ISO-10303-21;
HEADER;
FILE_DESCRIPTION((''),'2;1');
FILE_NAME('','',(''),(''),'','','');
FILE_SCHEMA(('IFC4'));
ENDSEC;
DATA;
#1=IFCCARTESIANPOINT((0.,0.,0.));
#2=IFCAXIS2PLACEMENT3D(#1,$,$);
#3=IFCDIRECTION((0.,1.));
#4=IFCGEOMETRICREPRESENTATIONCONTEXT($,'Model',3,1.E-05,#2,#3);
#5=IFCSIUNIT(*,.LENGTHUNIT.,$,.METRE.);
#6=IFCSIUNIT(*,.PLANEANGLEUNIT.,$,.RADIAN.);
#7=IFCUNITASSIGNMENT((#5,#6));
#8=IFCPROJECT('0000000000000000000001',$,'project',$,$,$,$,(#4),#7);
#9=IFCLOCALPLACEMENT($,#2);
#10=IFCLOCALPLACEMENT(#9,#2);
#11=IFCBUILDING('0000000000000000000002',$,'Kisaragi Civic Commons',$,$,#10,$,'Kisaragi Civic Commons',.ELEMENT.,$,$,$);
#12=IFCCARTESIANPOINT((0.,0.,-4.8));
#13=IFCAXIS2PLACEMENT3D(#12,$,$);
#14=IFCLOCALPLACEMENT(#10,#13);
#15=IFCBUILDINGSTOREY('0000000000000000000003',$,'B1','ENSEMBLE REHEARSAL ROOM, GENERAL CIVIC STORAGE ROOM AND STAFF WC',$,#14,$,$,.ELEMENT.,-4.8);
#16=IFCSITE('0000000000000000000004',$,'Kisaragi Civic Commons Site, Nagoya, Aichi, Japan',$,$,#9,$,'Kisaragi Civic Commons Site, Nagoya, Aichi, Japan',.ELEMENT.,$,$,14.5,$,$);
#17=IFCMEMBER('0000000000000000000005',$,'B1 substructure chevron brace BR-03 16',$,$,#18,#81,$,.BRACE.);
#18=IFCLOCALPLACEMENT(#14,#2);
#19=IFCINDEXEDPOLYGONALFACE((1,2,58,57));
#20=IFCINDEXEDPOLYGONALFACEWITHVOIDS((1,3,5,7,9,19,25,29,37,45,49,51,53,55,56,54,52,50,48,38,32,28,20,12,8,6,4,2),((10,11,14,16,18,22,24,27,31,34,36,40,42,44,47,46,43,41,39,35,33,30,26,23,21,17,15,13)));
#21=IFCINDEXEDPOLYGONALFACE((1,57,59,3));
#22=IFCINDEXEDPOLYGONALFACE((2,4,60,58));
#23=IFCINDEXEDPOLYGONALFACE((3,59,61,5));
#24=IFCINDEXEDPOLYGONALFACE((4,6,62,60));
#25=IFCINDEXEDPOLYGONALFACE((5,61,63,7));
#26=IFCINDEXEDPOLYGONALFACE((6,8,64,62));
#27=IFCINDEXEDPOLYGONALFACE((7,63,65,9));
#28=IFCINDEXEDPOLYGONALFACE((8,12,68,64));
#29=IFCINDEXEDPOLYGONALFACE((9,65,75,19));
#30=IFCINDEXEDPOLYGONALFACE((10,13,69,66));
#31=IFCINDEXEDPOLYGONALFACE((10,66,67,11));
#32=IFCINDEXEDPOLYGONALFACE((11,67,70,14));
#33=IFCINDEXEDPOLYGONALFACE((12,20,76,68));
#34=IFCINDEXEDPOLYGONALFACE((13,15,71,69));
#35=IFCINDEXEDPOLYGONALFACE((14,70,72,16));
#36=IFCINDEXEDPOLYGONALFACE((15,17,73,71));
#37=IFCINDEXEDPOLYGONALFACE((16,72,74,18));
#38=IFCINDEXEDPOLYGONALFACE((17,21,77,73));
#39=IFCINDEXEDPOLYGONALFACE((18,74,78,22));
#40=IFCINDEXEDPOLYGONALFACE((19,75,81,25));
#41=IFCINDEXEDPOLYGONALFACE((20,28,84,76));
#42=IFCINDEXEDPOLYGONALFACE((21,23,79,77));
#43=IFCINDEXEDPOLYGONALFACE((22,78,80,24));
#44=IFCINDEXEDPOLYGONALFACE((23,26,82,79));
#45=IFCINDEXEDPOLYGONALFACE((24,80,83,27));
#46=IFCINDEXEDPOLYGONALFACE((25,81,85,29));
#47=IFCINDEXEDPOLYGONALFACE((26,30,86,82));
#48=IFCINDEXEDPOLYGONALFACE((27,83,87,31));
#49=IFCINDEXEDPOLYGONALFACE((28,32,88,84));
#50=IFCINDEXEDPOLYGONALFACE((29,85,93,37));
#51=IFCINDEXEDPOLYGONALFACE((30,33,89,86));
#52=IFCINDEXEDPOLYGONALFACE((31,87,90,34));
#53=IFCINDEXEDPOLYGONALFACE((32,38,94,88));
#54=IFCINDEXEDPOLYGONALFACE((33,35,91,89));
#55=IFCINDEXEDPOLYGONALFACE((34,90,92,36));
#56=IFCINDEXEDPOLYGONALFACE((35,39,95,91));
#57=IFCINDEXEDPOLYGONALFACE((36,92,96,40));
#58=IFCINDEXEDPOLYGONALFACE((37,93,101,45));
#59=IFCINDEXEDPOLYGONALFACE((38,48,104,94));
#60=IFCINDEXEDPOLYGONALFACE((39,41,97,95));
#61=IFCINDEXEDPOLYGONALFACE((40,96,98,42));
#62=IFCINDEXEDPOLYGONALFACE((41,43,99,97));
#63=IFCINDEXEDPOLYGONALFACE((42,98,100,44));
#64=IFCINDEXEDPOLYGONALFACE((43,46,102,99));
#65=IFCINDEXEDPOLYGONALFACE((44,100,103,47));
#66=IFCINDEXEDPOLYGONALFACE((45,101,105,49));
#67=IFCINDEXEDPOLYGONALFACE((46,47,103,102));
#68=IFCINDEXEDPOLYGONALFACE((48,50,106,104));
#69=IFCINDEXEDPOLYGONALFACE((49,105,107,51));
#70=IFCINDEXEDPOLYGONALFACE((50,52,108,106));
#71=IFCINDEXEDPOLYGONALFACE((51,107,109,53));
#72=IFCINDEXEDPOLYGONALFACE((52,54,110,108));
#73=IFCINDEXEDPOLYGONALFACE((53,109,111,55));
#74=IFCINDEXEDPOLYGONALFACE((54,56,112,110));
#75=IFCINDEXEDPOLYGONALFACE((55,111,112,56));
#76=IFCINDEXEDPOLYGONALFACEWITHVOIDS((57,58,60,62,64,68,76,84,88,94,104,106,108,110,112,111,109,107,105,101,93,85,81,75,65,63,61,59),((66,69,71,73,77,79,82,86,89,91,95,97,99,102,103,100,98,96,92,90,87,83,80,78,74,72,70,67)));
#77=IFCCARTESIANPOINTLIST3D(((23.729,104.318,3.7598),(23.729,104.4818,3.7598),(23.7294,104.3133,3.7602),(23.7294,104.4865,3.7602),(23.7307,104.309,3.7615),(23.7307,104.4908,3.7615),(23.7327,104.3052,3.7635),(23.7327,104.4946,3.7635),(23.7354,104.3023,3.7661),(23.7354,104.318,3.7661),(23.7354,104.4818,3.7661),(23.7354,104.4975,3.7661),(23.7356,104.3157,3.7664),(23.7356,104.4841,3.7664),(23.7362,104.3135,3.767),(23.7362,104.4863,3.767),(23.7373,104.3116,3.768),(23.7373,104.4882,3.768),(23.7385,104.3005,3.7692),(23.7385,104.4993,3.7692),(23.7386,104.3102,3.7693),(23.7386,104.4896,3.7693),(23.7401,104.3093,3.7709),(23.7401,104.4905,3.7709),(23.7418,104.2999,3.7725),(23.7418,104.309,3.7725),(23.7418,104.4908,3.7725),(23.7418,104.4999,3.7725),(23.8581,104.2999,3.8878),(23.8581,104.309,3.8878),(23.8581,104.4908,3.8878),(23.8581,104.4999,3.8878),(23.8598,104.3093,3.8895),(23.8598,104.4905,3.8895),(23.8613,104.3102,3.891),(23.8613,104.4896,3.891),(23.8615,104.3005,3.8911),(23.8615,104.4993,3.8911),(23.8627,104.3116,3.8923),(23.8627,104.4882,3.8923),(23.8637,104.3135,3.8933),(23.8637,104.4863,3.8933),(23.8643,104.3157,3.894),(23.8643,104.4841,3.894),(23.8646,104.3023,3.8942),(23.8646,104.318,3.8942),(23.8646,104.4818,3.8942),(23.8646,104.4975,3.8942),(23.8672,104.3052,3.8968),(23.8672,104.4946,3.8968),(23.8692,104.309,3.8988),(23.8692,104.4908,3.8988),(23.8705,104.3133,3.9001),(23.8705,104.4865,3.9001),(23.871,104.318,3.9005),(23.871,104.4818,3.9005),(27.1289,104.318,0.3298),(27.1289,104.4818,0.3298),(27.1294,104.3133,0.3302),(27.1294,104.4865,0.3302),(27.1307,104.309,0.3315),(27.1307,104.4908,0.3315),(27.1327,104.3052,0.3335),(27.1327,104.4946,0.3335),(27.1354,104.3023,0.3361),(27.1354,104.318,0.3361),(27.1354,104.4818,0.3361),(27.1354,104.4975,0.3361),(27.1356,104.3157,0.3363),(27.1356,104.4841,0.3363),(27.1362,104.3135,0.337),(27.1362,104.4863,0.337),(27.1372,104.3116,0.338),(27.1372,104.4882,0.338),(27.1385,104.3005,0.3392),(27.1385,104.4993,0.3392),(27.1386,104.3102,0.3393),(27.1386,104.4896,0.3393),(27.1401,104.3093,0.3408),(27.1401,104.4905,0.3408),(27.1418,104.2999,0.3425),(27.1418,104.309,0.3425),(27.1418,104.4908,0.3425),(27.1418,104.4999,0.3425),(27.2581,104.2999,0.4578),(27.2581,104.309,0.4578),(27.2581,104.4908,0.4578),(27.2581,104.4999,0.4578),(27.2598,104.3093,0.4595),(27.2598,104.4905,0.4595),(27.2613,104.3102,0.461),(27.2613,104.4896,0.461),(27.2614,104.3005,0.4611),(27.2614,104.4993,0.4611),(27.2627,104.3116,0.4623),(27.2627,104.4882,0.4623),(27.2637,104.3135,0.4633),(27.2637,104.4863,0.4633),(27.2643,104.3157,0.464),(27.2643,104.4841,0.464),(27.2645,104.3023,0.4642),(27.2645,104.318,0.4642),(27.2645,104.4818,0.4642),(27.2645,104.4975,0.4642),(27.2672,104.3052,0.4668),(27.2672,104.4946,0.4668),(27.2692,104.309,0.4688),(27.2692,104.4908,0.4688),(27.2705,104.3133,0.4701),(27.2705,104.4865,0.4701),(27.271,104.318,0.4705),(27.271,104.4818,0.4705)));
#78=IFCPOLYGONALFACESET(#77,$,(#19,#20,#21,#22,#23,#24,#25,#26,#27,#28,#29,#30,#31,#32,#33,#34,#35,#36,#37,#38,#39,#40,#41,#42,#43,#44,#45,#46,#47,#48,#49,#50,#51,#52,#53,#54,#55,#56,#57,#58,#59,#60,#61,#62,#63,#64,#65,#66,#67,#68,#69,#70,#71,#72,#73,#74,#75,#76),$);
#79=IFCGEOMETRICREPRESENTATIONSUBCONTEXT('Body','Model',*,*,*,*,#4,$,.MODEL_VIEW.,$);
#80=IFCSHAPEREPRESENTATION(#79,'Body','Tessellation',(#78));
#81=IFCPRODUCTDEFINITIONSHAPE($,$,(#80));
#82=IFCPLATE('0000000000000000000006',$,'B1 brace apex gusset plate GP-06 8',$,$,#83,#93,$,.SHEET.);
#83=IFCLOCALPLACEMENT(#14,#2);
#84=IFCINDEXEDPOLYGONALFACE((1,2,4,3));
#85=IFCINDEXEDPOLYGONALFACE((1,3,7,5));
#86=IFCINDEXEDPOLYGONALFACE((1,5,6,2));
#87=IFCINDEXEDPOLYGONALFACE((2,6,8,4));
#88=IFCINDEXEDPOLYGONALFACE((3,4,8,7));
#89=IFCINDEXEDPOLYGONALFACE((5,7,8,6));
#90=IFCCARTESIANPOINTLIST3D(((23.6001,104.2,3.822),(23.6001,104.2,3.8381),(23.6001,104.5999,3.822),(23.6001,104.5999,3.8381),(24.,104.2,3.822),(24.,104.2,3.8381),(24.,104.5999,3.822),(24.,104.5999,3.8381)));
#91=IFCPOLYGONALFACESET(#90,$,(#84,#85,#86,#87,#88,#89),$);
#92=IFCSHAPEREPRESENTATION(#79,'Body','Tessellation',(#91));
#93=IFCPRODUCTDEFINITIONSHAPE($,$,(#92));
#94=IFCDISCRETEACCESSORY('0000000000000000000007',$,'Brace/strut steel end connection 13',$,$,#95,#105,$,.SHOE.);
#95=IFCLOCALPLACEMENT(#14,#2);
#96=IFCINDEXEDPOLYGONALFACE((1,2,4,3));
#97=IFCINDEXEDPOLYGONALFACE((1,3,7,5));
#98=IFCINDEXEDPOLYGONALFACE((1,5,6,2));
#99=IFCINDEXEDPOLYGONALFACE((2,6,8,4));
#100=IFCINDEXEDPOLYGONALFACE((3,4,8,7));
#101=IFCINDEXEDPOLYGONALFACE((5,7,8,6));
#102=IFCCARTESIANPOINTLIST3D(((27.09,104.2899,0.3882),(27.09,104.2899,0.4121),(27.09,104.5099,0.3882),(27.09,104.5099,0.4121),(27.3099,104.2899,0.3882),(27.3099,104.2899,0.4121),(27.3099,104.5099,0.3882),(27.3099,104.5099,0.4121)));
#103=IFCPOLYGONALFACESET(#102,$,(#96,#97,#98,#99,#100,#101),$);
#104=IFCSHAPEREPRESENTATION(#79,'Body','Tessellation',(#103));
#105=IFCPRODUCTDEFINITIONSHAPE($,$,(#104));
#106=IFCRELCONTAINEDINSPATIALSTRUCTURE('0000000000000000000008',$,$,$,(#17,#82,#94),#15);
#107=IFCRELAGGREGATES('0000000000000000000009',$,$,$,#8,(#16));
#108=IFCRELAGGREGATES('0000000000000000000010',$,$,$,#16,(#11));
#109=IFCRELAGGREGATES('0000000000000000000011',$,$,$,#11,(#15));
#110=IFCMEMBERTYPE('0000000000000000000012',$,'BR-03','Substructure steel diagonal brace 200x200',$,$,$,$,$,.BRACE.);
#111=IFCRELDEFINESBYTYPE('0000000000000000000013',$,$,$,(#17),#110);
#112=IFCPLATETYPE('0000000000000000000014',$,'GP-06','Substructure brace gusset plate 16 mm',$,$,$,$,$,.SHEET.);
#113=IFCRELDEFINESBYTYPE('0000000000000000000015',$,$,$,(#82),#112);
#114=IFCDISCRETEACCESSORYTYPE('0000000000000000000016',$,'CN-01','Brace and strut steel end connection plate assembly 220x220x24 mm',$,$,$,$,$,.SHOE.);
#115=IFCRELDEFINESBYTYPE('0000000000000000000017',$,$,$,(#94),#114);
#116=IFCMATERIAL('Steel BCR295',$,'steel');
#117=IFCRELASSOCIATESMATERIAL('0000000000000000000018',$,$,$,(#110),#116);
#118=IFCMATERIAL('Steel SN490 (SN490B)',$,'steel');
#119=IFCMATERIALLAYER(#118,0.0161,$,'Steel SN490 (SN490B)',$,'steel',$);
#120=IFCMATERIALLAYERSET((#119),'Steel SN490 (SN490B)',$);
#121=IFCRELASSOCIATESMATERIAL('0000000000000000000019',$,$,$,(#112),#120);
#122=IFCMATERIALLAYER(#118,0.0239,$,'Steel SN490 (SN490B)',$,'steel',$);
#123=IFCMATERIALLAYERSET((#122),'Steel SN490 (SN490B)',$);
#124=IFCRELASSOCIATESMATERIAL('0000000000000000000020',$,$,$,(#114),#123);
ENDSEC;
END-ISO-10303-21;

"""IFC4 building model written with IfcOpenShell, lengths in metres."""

from ifc_helpers import new_model, si_unit, direction, frame, origin, origin_2d, place, context, subcontext, project, spatial, rectangle, hollow_rectangle, extrude, material, layer, layer_set, material_profile, profile_set, type_object, element, save


model = new_model("IFC4")

# Units and contexts
model_context = context("Model", 3, precision=1e-05, world=origin(), true_north=direction((0.0, 1.0)))
body_context = subcontext(model_context, "Body", "Model", "MODEL_VIEW")
ifc_project = project(units=[si_unit("LENGTHUNIT", "METRE"), si_unit("PLANEANGLEUNIT", "RADIAN")], contexts=[model_context])

# Site, building, storey
site_placement = place(None, origin())
site = spatial("IfcSite", under=ifc_project, at=site_placement, Name="Kisaragi Civic Commons Site, Nagoya, Aichi, Japan", LongName="Kisaragi Civic Commons Site, Nagoya, Aichi, Japan", CompositionType="ELEMENT", RefElevation=14.5)
building_placement = place(site_placement, origin())
building = spatial("IfcBuilding", under=site, at=building_placement, Name="Kisaragi Civic Commons", LongName="Kisaragi Civic Commons", CompositionType="ELEMENT")
storey_placement = place(building_placement, frame((0.0, 0.0, -4.8)))
storey = spatial("IfcBuildingStorey", under=building, at=storey_placement, Name="B1", Description="ENSEMBLE REHEARSAL ROOM, GENERAL CIVIC STORAGE ROOM AND STAFF WC", CompositionType="ELEMENT", Elevation=-4.8)

# Member
ifc_material_1 = material(Name="Steel BCR295", Category="steel")
ifc_material_profile_1 = material_profile(ifc_material_1, hollow_rectangle(XDim=0.2, YDim=0.2, WallThickness=0.009, InnerFilletRadius=0.009, OuterFilletRadius=0.0181, at=origin_2d()), Name="BCR-200x200x9", Category="steel")
ifc_profile_set_1 = profile_set([ifc_material_profile_1], Name="Steel BCR295")
member_type = type_object("IfcMemberType", Name="BR-03", Description="Substructure steel diagonal brace 200x200", PredefinedType="BRACE", material=ifc_profile_set_1)
member_placement = place(storey_placement, frame((27.2, 104.3999, 0.4001), z_axis=(-0.703991, 0.0, 0.710209), x_axis=(0.0, -1.0, 0.0)))
element("IfcMember", 1, at=member_placement, inside=storey, type_object=member_type, Name="B1 substructure chevron brace BR-03 16", PredefinedType="BRACE", context=body_context, shape_type="SweptSolid", body=[
    extrude(hollow_rectangle(XDim=0.2, YDim=0.2, WallThickness=0.009, InnerFilletRadius=0.009, OuterFilletRadius=0.0181, at=origin_2d()), origin(), (0.0, 0.0, 1.0), 4.8296),
])

# Plate
ifc_material_2 = material(Name="Steel SN490 (SN490B)", Category="steel")
ifc_layer_1 = layer(ifc_material_2, 0.0161, Name="Steel SN490 (SN490B)", Category="steel")
ifc_layer_set_1 = layer_set([ifc_layer_1], Name="Steel SN490 (SN490B)")
plate_type = type_object("IfcPlateType", Name="GP-06", Description="Substructure brace gusset plate 16 mm", PredefinedType="SHEET", material=ifc_layer_set_1)
plate_placement = place(storey_placement, frame((23.8, 104.3999, 3.822), z_axis=(0.0, 0.0, 1.0), x_axis=(1.0, 0.0, 0.0)))
element("IfcPlate", 2, at=plate_placement, inside=storey, type_object=plate_type, Name="B1 brace apex gusset plate GP-06 8", PredefinedType="SHEET", context=body_context, shape_type="SweptSolid", body=[
    extrude(rectangle(XDim=0.3999, YDim=0.3999, at=origin_2d()), origin(), (0.0, 0.0, 1.0), 0.0161),
])

# Discrete accessory
ifc_layer_2 = layer(ifc_material_2, 0.0239, Name="Steel SN490 (SN490B)", Category="steel")
ifc_layer_set_2 = layer_set([ifc_layer_2], Name="Steel SN490 (SN490B)")
discrete_accessory_type = type_object("IfcDiscreteAccessoryType", Name="CN-01", Description="Brace and strut steel end connection plate assembly 220x220x24 mm", PredefinedType="SHOE", material=ifc_layer_set_2)
discrete_accessory_placement = place(storey_placement, frame((27.2, 104.3999, 0.3882), z_axis=(0.0, 0.0, 1.0), x_axis=(1.0, 0.0, 0.0)))
element("IfcDiscreteAccessory", 3, at=discrete_accessory_placement, inside=storey, type_object=discrete_accessory_type, Name="Brace/strut steel end connection 13", PredefinedType="SHOE", context=body_context, shape_type="SweptSolid", body=[
    extrude(rectangle(XDim=0.22, YDim=0.22, at=origin_2d()), origin(), (0.0, 0.0, 1.0), 0.0239),
])

save(model, "model.ifc")
